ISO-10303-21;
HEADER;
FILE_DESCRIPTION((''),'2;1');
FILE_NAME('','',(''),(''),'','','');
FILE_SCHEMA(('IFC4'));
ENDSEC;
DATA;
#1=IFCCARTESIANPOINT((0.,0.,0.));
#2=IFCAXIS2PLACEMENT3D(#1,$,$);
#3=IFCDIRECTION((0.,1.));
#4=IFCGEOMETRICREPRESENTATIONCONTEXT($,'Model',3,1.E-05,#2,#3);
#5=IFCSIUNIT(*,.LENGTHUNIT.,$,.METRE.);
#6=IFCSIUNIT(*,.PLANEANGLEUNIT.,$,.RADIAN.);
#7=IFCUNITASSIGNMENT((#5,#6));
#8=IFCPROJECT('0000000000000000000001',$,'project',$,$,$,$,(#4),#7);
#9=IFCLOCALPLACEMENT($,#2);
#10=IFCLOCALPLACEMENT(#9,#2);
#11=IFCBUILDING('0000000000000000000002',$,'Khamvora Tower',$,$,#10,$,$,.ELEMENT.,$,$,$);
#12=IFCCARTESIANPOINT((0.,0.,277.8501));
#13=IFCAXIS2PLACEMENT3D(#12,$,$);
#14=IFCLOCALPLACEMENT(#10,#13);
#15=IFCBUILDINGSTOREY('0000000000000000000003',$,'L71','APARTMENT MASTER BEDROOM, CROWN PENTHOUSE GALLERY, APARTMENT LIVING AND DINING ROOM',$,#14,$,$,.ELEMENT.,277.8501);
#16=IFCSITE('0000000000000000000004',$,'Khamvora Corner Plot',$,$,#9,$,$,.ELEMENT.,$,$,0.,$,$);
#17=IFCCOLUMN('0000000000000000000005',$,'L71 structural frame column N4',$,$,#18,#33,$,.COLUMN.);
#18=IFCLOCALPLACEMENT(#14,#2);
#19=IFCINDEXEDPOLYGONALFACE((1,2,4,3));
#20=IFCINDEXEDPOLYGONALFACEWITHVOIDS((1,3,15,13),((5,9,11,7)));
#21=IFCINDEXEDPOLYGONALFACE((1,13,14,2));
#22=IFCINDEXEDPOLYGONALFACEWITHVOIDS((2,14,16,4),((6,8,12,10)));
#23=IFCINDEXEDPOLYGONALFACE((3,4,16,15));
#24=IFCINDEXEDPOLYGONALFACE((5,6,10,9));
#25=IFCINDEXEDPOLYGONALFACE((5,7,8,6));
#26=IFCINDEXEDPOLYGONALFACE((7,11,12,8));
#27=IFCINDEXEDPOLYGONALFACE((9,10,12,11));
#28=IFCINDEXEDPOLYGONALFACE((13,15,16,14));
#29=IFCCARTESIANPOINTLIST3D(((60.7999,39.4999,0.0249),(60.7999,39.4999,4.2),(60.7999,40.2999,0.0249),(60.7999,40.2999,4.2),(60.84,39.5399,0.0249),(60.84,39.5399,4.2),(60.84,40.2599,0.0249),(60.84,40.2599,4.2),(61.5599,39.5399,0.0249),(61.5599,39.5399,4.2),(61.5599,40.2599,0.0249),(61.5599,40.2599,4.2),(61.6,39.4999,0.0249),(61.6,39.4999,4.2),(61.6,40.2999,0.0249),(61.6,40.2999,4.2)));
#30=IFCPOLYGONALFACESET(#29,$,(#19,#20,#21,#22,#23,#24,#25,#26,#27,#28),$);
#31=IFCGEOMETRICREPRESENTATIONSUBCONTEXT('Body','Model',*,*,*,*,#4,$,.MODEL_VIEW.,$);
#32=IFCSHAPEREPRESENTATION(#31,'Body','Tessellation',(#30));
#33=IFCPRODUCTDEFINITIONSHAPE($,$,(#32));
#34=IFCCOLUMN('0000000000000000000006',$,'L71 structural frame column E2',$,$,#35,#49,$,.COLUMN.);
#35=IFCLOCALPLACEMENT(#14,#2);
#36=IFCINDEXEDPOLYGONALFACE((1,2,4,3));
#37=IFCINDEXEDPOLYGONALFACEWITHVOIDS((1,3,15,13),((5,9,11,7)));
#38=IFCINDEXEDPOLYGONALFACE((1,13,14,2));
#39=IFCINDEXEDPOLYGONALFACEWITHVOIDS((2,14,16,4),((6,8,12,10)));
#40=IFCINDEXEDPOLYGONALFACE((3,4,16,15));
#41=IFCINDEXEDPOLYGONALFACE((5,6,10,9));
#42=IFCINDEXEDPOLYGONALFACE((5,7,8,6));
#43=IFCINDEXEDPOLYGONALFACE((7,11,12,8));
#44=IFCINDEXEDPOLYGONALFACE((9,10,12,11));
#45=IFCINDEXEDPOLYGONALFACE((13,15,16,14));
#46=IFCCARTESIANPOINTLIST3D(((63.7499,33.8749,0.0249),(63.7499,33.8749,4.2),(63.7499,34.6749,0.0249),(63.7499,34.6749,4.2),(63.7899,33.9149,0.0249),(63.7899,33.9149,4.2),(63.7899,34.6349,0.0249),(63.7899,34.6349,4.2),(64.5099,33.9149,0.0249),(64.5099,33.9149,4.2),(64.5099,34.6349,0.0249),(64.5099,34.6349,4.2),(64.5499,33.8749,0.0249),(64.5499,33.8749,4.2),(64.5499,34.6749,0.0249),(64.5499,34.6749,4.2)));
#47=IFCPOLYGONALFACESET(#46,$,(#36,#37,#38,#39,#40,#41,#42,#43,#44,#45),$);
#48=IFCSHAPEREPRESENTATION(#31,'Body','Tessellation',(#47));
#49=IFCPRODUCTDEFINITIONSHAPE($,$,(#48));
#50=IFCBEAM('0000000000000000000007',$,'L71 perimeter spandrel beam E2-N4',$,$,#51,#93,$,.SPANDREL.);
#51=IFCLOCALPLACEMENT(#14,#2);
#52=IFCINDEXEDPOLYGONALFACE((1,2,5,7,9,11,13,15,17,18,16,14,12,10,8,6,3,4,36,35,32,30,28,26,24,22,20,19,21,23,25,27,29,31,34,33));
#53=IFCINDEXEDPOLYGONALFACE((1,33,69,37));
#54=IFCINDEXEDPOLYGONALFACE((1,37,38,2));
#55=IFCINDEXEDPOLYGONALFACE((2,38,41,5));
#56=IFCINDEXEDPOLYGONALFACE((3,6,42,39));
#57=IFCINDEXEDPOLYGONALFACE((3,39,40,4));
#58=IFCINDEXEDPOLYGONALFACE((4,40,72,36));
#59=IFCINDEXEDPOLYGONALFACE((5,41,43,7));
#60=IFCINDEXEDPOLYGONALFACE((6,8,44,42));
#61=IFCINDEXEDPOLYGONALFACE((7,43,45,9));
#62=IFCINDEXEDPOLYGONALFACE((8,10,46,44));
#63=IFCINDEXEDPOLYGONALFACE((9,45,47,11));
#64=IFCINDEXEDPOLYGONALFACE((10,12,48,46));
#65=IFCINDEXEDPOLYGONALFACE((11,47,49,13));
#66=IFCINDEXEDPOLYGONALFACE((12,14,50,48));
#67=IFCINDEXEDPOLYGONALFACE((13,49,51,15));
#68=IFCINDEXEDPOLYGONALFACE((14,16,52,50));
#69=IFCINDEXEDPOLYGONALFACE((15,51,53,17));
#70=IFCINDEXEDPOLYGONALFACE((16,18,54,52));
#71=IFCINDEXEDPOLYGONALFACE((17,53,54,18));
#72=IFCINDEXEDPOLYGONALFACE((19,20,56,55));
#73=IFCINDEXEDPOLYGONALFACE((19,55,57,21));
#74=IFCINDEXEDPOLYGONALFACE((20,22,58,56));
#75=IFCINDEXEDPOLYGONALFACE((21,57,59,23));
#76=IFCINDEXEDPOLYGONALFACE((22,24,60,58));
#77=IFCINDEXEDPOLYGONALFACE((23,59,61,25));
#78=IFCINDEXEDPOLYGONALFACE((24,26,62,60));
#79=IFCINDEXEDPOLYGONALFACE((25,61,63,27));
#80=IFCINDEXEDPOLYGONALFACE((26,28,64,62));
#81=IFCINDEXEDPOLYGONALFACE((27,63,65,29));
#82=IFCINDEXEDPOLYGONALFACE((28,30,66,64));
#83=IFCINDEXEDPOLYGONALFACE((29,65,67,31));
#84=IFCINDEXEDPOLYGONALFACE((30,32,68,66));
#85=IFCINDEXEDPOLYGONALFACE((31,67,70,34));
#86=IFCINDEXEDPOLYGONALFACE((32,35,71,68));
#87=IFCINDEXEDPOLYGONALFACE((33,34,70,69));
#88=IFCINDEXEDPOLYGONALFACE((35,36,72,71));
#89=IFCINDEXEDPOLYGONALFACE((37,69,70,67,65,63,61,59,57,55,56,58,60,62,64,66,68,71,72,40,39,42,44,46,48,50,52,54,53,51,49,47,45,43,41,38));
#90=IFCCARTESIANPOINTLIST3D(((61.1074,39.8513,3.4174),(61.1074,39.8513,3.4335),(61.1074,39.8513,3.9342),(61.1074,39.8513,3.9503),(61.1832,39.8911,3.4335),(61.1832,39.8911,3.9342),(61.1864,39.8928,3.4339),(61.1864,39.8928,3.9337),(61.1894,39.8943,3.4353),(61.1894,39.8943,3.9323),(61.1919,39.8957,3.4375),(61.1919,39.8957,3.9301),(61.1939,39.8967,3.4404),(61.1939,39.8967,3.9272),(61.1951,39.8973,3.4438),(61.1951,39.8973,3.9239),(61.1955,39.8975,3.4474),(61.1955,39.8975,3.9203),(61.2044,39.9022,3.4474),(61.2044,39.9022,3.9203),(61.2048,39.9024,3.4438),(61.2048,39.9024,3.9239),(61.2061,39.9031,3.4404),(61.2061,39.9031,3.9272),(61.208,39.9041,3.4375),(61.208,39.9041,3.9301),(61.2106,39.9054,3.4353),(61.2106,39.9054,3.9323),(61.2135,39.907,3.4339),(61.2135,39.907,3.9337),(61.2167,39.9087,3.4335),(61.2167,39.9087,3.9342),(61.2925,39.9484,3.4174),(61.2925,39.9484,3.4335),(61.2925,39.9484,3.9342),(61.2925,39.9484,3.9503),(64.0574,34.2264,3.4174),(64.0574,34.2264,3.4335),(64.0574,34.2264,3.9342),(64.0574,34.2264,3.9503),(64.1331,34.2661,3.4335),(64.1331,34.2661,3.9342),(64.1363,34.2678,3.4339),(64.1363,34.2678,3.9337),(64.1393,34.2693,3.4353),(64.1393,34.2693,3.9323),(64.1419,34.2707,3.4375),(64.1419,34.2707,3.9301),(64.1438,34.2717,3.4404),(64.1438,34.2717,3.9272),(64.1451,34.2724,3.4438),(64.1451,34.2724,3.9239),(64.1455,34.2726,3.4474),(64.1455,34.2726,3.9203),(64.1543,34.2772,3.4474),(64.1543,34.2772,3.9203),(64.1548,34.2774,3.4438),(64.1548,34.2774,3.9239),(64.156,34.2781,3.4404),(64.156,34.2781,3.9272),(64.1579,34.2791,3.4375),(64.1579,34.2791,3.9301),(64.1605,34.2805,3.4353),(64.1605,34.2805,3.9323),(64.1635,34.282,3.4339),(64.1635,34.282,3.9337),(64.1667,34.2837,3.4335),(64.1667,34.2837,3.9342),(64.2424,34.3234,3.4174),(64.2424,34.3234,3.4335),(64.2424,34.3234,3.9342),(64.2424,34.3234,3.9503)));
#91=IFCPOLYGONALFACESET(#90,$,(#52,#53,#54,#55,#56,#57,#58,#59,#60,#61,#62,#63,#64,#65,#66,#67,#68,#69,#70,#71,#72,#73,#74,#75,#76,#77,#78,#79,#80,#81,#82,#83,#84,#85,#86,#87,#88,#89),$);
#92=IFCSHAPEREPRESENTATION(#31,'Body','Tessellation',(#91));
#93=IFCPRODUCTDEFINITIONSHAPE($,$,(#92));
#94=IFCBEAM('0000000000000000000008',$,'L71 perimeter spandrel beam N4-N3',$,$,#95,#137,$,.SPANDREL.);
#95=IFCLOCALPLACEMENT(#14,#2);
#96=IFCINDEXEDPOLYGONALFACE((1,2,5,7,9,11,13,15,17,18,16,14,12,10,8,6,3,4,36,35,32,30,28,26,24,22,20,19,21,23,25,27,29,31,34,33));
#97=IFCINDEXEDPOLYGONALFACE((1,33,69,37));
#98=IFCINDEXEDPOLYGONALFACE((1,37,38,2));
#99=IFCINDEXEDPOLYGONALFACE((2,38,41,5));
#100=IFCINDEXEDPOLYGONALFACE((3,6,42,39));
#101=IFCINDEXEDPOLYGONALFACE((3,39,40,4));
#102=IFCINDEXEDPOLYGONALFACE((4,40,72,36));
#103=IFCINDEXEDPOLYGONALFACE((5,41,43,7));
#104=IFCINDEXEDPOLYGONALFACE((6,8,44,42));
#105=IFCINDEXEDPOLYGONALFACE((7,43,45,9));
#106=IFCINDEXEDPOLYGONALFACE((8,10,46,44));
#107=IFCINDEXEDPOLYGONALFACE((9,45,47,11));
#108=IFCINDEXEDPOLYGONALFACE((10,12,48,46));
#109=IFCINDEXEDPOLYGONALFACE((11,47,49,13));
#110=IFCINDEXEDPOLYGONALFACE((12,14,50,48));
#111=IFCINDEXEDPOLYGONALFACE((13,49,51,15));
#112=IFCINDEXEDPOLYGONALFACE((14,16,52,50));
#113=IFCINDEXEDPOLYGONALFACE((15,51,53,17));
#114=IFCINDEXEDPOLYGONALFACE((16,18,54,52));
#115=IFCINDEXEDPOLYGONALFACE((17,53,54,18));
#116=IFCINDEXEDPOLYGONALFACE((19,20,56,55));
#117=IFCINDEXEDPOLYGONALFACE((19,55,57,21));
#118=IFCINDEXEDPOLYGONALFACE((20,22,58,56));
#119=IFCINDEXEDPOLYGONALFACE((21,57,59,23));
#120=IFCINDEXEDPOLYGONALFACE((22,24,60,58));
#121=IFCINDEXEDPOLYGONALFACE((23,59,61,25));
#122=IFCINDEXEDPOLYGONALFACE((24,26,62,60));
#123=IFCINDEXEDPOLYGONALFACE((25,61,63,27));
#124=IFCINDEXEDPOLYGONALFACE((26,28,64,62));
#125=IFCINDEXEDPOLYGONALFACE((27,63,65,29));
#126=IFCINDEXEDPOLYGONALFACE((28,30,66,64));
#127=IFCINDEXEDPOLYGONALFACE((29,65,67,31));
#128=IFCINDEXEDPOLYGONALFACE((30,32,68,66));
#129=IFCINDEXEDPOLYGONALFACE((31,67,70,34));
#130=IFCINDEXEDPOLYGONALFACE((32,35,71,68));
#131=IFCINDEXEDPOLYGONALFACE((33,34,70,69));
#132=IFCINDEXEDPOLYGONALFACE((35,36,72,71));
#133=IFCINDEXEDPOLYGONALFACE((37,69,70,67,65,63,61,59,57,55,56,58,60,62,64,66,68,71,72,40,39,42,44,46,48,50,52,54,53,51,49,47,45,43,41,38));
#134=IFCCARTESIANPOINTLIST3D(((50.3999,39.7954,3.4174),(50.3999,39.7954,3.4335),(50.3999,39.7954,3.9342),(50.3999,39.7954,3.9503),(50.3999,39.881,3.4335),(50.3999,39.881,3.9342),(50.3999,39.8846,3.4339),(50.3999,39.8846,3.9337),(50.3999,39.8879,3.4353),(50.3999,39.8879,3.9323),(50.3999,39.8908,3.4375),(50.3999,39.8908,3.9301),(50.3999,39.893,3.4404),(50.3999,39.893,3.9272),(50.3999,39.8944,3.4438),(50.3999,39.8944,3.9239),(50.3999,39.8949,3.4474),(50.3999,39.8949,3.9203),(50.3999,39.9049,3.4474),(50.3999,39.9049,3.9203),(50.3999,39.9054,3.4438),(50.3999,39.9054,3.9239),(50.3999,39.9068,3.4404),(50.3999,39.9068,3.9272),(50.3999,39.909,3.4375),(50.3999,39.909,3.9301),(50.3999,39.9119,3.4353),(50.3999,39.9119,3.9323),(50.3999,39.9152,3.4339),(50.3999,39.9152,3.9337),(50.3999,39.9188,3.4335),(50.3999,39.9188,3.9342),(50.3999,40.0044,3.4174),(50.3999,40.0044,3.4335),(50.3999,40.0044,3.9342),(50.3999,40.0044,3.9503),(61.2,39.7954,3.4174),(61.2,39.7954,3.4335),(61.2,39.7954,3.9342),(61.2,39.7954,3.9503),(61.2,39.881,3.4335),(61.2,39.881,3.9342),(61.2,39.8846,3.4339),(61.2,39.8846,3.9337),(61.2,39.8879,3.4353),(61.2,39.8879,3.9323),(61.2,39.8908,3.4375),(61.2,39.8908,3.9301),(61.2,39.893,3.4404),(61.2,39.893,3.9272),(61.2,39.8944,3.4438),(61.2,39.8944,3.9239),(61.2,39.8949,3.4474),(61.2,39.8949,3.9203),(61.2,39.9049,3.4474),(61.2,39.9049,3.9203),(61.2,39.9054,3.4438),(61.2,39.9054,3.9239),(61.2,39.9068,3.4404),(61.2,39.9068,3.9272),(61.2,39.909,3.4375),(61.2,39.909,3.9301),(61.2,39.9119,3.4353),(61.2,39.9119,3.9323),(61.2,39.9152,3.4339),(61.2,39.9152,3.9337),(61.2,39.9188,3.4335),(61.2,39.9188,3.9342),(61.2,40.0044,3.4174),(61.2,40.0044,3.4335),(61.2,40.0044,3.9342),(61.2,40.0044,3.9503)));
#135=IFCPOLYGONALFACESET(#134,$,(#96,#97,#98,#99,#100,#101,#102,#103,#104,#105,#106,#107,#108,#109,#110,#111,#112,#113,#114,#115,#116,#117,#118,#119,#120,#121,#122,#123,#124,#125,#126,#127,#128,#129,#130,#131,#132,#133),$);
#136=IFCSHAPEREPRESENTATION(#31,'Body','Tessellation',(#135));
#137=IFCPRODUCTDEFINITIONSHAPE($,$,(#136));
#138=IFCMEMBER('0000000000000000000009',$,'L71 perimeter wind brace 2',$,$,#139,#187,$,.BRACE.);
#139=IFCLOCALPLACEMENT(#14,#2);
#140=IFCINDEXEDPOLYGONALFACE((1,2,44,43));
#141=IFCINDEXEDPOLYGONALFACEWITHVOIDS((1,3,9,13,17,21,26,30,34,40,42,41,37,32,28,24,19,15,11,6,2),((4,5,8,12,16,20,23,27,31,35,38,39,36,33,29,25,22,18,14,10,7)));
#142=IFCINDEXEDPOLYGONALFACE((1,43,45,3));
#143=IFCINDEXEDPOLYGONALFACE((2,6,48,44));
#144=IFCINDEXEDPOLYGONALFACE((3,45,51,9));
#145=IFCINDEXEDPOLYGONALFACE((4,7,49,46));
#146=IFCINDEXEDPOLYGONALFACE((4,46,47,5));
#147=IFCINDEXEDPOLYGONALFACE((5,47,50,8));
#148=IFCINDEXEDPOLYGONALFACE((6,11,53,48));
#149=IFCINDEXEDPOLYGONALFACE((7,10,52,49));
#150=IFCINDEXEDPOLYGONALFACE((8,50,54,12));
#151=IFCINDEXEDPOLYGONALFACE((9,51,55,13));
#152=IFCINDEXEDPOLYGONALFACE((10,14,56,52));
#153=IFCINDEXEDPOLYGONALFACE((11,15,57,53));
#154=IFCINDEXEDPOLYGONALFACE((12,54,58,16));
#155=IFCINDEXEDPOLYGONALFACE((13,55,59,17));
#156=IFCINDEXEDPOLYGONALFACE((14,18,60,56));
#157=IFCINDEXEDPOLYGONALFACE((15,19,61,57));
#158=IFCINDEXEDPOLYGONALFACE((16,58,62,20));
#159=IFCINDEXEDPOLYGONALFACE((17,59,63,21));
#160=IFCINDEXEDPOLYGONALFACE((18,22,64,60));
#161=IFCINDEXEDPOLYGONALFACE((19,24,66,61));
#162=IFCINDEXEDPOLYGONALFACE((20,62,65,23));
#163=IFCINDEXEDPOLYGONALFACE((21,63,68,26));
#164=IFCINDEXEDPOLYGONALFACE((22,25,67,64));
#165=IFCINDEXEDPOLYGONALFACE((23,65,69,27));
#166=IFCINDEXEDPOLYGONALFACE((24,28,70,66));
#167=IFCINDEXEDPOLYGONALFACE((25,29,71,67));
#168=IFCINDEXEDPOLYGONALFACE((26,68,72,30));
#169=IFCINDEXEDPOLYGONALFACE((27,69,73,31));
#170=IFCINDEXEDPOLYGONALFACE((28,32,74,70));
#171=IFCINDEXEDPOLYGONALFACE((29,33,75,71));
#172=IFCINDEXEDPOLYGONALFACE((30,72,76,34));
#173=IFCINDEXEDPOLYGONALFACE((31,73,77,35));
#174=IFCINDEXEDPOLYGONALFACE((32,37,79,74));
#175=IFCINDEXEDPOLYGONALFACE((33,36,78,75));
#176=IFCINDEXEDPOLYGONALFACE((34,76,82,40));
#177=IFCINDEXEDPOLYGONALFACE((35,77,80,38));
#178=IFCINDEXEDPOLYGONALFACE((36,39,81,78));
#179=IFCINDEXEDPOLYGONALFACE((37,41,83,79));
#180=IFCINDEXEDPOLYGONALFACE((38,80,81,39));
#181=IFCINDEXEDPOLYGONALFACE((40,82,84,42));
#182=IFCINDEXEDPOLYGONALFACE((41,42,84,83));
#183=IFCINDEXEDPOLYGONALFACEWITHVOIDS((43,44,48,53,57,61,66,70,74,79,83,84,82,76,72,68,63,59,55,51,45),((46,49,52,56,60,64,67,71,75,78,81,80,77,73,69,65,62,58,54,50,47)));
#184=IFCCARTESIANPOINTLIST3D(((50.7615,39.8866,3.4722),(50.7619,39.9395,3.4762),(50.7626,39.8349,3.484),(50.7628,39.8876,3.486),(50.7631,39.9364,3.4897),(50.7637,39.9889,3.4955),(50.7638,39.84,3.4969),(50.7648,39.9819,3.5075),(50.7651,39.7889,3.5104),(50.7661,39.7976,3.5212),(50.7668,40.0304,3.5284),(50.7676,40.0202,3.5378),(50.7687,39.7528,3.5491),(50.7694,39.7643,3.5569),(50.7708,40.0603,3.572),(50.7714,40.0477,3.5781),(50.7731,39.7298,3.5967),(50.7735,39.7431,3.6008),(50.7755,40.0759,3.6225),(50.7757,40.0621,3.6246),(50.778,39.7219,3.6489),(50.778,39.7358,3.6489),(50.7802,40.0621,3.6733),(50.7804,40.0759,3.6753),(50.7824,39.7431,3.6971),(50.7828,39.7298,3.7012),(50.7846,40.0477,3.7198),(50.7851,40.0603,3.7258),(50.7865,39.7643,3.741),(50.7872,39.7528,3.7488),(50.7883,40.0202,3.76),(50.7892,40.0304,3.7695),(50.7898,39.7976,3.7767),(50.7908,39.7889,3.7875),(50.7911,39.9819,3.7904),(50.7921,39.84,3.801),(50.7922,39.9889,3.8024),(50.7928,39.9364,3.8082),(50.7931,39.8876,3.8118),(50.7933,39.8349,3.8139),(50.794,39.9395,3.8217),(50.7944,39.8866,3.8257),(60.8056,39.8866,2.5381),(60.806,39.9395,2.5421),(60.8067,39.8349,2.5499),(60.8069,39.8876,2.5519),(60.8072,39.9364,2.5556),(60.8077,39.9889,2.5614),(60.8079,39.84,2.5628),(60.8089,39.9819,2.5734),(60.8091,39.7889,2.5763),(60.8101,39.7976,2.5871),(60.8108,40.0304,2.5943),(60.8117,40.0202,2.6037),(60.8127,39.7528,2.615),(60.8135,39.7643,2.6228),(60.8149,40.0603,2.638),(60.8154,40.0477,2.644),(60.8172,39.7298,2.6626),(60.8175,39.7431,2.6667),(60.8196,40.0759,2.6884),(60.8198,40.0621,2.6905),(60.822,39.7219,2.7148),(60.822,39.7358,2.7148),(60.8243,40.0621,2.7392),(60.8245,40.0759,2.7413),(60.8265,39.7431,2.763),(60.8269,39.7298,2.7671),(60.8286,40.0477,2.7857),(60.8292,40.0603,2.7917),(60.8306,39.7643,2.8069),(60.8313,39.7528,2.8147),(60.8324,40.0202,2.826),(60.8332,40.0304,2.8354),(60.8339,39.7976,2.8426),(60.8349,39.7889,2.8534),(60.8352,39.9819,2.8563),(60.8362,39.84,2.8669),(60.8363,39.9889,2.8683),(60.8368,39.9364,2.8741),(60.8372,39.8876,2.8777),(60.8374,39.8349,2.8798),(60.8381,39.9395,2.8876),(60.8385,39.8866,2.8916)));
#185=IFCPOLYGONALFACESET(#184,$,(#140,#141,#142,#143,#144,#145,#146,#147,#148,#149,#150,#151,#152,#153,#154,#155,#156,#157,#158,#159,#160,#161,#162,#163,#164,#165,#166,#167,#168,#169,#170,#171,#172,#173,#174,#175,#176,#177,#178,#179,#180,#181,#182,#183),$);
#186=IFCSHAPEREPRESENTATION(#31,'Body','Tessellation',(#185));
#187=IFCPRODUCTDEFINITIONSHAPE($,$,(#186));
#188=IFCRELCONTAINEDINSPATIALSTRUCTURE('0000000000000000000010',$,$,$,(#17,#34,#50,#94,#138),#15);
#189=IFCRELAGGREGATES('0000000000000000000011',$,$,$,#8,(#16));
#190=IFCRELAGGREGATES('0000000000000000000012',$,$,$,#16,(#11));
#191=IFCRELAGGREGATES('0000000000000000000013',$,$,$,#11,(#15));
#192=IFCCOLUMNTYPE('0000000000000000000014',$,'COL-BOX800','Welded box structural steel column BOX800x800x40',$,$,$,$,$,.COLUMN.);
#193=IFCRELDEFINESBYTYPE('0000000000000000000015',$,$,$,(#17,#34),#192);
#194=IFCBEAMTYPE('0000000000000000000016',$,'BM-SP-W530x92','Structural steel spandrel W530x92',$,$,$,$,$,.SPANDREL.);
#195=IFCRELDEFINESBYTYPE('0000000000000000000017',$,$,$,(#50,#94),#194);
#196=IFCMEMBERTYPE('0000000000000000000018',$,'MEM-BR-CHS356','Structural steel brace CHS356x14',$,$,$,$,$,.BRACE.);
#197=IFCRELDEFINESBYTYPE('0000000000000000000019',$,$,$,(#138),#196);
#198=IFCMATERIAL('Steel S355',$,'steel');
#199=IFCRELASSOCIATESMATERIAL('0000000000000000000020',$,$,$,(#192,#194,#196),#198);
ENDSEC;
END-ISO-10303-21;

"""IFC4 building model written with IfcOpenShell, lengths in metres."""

from ifc_helpers import new_model, si_unit, direction, frame, origin, origin_2d, place, context, subcontext, project, spatial, hollow_rectangle, hollow_circle, i_section, extrude, material, material_profile, profile_set, type_object, element, save


model = new_model("IFC4")

# Units and contexts
model_context = context("Model", 3, precision=1e-05, world=origin(), true_north=direction((0.0, 1.0)))
body_context = subcontext(model_context, "Body", "Model", "MODEL_VIEW")
ifc_project = project(units=[si_unit("LENGTHUNIT", "METRE"), si_unit("PLANEANGLEUNIT", "RADIAN")], contexts=[model_context])

# Site, building, storey
site_placement = place(None, origin())
site = spatial("IfcSite", under=ifc_project, at=site_placement, Name="Khamvora Corner Plot", CompositionType="ELEMENT", RefElevation=0.0)
building_placement = place(site_placement, origin())
building = spatial("IfcBuilding", under=site, at=building_placement, Name="Khamvora Tower", CompositionType="ELEMENT")
storey_placement = place(building_placement, frame((0.0, 0.0, 277.8501)))
storey = spatial("IfcBuildingStorey", under=building, at=storey_placement, Name="L71", Description="APARTMENT MASTER BEDROOM, CROWN PENTHOUSE GALLERY, APARTMENT LIVING AND DINING ROOM", CompositionType="ELEMENT", Elevation=277.8501)

# Columns
ifc_material_1 = material(Name="Steel S355", Category="steel")
ifc_material_profile_1 = material_profile(ifc_material_1, hollow_rectangle(XDim=0.8, YDim=0.8, WallThickness=0.04, at=origin_2d()), Name="BOX800x800x40")
ifc_profile_set_1 = profile_set([ifc_material_profile_1], Name="Steel S355")
column_type = type_object("IfcColumnType", Name="COL-BOX800", Description="Welded box structural steel column BOX800x800x40", PredefinedType="COLUMN", material=ifc_profile_set_1)
for number, where, z_axis, x_axis, name in (
    (1, (61.2, 39.8999, 0.0249), (0.0, 0.0, 1.0), (1.0, 0.0, 0.0), "L71 structural frame column N4"),
    (2, (64.1499, 34.2749, 0.0249), (0.0, 0.0, 1.0), (1.0, 0.0, 0.0), "L71 structural frame column E2"),
):
    element("IfcColumn", number, at=place(storey_placement, frame(where, z_axis=z_axis, x_axis=x_axis)), inside=storey, type_object=column_type, Name=name, PredefinedType="COLUMN", context=body_context, shape_type="SweptSolid", body=[
        extrude(hollow_rectangle(XDim=0.8, YDim=0.8, WallThickness=0.04, at=origin_2d()), origin(), (0.0, 0.0, 1.0), 4.175),
    ])

# Beams
ifc_material_profile_2 = material_profile(ifc_material_1, i_section(OverallWidth=0.209, OverallDepth=0.533, WebThickness=0.01, FlangeThickness=0.0161, FilletRadius=0.0139, at=origin_2d()), Name="W530x92")
ifc_profile_set_2 = profile_set([ifc_material_profile_2], Name="Steel S355")
beam_type = type_object("IfcBeamType", Name="BM-SP-W530x92", Description="Structural steel spandrel W530x92", PredefinedType="SPANDREL", material=ifc_profile_set_2)
beam_1_placement = place(storey_placement, frame((64.1499, 34.2749, 3.6838), z_axis=(-0.464442, 0.885603, 0.0), x_axis=(-0.885603, -0.464442, 0.0)))
element("IfcBeam", 3, at=beam_1_placement, inside=storey, type_object=beam_type, Name="L71 perimeter spandrel beam E2-N4", PredefinedType="SPANDREL", context=body_context, shape_type="SweptSolid", body=[
    extrude(i_section(OverallWidth=0.209, OverallDepth=0.533, WebThickness=0.01, FlangeThickness=0.0161, FilletRadius=0.0139, at=origin_2d()), origin(), (0.0, 0.0, 1.0), 6.3516),
])
beam_2_placement = place(storey_placement, frame((61.2, 39.8999, 3.6838), z_axis=(-1.0, 0.0, 0.0), x_axis=(0.0, -1.0, 0.0)))
element("IfcBeam", 4, at=beam_2_placement, inside=storey, type_object=beam_type, Name="L71 perimeter spandrel beam N4-N3", PredefinedType="SPANDREL", context=body_context, shape_type="SweptSolid", body=[
    extrude(i_section(OverallWidth=0.209, OverallDepth=0.533, WebThickness=0.01, FlangeThickness=0.0161, FilletRadius=0.0139, at=origin_2d()), origin(), (0.0, 0.0, 1.0), 10.8),
])

# Member
ifc_material_profile_3 = material_profile(ifc_material_1, hollow_circle(Radius=0.178, WallThickness=0.0139, at=origin_2d()), Name="CHS356x14")
ifc_profile_set_3 = profile_set([ifc_material_profile_3], Name="Steel S355")
member_type = type_object("IfcMemberType", Name="MEM-BR-CHS356", Description="Structural steel brace CHS356x14", PredefinedType="BRACE", material=ifc_profile_set_3)
member_placement = place(storey_placement, frame((60.822, 39.8999, 2.7148), z_axis=(-0.995703, 0.0, 0.0926), x_axis=(0.0, -1.0, 0.0)))
element("IfcMember", 5, at=member_placement, inside=storey, type_object=member_type, Name="L71 perimeter wind brace 2", PredefinedType="BRACE", context=body_context, shape_type="SweptSolid", body=[
    extrude(hollow_circle(Radius=0.178, WallThickness=0.0139, at=origin_2d()), origin(), (0.0, 0.0, 1.0), 10.0874),
])

save(model, "model.ifc")
